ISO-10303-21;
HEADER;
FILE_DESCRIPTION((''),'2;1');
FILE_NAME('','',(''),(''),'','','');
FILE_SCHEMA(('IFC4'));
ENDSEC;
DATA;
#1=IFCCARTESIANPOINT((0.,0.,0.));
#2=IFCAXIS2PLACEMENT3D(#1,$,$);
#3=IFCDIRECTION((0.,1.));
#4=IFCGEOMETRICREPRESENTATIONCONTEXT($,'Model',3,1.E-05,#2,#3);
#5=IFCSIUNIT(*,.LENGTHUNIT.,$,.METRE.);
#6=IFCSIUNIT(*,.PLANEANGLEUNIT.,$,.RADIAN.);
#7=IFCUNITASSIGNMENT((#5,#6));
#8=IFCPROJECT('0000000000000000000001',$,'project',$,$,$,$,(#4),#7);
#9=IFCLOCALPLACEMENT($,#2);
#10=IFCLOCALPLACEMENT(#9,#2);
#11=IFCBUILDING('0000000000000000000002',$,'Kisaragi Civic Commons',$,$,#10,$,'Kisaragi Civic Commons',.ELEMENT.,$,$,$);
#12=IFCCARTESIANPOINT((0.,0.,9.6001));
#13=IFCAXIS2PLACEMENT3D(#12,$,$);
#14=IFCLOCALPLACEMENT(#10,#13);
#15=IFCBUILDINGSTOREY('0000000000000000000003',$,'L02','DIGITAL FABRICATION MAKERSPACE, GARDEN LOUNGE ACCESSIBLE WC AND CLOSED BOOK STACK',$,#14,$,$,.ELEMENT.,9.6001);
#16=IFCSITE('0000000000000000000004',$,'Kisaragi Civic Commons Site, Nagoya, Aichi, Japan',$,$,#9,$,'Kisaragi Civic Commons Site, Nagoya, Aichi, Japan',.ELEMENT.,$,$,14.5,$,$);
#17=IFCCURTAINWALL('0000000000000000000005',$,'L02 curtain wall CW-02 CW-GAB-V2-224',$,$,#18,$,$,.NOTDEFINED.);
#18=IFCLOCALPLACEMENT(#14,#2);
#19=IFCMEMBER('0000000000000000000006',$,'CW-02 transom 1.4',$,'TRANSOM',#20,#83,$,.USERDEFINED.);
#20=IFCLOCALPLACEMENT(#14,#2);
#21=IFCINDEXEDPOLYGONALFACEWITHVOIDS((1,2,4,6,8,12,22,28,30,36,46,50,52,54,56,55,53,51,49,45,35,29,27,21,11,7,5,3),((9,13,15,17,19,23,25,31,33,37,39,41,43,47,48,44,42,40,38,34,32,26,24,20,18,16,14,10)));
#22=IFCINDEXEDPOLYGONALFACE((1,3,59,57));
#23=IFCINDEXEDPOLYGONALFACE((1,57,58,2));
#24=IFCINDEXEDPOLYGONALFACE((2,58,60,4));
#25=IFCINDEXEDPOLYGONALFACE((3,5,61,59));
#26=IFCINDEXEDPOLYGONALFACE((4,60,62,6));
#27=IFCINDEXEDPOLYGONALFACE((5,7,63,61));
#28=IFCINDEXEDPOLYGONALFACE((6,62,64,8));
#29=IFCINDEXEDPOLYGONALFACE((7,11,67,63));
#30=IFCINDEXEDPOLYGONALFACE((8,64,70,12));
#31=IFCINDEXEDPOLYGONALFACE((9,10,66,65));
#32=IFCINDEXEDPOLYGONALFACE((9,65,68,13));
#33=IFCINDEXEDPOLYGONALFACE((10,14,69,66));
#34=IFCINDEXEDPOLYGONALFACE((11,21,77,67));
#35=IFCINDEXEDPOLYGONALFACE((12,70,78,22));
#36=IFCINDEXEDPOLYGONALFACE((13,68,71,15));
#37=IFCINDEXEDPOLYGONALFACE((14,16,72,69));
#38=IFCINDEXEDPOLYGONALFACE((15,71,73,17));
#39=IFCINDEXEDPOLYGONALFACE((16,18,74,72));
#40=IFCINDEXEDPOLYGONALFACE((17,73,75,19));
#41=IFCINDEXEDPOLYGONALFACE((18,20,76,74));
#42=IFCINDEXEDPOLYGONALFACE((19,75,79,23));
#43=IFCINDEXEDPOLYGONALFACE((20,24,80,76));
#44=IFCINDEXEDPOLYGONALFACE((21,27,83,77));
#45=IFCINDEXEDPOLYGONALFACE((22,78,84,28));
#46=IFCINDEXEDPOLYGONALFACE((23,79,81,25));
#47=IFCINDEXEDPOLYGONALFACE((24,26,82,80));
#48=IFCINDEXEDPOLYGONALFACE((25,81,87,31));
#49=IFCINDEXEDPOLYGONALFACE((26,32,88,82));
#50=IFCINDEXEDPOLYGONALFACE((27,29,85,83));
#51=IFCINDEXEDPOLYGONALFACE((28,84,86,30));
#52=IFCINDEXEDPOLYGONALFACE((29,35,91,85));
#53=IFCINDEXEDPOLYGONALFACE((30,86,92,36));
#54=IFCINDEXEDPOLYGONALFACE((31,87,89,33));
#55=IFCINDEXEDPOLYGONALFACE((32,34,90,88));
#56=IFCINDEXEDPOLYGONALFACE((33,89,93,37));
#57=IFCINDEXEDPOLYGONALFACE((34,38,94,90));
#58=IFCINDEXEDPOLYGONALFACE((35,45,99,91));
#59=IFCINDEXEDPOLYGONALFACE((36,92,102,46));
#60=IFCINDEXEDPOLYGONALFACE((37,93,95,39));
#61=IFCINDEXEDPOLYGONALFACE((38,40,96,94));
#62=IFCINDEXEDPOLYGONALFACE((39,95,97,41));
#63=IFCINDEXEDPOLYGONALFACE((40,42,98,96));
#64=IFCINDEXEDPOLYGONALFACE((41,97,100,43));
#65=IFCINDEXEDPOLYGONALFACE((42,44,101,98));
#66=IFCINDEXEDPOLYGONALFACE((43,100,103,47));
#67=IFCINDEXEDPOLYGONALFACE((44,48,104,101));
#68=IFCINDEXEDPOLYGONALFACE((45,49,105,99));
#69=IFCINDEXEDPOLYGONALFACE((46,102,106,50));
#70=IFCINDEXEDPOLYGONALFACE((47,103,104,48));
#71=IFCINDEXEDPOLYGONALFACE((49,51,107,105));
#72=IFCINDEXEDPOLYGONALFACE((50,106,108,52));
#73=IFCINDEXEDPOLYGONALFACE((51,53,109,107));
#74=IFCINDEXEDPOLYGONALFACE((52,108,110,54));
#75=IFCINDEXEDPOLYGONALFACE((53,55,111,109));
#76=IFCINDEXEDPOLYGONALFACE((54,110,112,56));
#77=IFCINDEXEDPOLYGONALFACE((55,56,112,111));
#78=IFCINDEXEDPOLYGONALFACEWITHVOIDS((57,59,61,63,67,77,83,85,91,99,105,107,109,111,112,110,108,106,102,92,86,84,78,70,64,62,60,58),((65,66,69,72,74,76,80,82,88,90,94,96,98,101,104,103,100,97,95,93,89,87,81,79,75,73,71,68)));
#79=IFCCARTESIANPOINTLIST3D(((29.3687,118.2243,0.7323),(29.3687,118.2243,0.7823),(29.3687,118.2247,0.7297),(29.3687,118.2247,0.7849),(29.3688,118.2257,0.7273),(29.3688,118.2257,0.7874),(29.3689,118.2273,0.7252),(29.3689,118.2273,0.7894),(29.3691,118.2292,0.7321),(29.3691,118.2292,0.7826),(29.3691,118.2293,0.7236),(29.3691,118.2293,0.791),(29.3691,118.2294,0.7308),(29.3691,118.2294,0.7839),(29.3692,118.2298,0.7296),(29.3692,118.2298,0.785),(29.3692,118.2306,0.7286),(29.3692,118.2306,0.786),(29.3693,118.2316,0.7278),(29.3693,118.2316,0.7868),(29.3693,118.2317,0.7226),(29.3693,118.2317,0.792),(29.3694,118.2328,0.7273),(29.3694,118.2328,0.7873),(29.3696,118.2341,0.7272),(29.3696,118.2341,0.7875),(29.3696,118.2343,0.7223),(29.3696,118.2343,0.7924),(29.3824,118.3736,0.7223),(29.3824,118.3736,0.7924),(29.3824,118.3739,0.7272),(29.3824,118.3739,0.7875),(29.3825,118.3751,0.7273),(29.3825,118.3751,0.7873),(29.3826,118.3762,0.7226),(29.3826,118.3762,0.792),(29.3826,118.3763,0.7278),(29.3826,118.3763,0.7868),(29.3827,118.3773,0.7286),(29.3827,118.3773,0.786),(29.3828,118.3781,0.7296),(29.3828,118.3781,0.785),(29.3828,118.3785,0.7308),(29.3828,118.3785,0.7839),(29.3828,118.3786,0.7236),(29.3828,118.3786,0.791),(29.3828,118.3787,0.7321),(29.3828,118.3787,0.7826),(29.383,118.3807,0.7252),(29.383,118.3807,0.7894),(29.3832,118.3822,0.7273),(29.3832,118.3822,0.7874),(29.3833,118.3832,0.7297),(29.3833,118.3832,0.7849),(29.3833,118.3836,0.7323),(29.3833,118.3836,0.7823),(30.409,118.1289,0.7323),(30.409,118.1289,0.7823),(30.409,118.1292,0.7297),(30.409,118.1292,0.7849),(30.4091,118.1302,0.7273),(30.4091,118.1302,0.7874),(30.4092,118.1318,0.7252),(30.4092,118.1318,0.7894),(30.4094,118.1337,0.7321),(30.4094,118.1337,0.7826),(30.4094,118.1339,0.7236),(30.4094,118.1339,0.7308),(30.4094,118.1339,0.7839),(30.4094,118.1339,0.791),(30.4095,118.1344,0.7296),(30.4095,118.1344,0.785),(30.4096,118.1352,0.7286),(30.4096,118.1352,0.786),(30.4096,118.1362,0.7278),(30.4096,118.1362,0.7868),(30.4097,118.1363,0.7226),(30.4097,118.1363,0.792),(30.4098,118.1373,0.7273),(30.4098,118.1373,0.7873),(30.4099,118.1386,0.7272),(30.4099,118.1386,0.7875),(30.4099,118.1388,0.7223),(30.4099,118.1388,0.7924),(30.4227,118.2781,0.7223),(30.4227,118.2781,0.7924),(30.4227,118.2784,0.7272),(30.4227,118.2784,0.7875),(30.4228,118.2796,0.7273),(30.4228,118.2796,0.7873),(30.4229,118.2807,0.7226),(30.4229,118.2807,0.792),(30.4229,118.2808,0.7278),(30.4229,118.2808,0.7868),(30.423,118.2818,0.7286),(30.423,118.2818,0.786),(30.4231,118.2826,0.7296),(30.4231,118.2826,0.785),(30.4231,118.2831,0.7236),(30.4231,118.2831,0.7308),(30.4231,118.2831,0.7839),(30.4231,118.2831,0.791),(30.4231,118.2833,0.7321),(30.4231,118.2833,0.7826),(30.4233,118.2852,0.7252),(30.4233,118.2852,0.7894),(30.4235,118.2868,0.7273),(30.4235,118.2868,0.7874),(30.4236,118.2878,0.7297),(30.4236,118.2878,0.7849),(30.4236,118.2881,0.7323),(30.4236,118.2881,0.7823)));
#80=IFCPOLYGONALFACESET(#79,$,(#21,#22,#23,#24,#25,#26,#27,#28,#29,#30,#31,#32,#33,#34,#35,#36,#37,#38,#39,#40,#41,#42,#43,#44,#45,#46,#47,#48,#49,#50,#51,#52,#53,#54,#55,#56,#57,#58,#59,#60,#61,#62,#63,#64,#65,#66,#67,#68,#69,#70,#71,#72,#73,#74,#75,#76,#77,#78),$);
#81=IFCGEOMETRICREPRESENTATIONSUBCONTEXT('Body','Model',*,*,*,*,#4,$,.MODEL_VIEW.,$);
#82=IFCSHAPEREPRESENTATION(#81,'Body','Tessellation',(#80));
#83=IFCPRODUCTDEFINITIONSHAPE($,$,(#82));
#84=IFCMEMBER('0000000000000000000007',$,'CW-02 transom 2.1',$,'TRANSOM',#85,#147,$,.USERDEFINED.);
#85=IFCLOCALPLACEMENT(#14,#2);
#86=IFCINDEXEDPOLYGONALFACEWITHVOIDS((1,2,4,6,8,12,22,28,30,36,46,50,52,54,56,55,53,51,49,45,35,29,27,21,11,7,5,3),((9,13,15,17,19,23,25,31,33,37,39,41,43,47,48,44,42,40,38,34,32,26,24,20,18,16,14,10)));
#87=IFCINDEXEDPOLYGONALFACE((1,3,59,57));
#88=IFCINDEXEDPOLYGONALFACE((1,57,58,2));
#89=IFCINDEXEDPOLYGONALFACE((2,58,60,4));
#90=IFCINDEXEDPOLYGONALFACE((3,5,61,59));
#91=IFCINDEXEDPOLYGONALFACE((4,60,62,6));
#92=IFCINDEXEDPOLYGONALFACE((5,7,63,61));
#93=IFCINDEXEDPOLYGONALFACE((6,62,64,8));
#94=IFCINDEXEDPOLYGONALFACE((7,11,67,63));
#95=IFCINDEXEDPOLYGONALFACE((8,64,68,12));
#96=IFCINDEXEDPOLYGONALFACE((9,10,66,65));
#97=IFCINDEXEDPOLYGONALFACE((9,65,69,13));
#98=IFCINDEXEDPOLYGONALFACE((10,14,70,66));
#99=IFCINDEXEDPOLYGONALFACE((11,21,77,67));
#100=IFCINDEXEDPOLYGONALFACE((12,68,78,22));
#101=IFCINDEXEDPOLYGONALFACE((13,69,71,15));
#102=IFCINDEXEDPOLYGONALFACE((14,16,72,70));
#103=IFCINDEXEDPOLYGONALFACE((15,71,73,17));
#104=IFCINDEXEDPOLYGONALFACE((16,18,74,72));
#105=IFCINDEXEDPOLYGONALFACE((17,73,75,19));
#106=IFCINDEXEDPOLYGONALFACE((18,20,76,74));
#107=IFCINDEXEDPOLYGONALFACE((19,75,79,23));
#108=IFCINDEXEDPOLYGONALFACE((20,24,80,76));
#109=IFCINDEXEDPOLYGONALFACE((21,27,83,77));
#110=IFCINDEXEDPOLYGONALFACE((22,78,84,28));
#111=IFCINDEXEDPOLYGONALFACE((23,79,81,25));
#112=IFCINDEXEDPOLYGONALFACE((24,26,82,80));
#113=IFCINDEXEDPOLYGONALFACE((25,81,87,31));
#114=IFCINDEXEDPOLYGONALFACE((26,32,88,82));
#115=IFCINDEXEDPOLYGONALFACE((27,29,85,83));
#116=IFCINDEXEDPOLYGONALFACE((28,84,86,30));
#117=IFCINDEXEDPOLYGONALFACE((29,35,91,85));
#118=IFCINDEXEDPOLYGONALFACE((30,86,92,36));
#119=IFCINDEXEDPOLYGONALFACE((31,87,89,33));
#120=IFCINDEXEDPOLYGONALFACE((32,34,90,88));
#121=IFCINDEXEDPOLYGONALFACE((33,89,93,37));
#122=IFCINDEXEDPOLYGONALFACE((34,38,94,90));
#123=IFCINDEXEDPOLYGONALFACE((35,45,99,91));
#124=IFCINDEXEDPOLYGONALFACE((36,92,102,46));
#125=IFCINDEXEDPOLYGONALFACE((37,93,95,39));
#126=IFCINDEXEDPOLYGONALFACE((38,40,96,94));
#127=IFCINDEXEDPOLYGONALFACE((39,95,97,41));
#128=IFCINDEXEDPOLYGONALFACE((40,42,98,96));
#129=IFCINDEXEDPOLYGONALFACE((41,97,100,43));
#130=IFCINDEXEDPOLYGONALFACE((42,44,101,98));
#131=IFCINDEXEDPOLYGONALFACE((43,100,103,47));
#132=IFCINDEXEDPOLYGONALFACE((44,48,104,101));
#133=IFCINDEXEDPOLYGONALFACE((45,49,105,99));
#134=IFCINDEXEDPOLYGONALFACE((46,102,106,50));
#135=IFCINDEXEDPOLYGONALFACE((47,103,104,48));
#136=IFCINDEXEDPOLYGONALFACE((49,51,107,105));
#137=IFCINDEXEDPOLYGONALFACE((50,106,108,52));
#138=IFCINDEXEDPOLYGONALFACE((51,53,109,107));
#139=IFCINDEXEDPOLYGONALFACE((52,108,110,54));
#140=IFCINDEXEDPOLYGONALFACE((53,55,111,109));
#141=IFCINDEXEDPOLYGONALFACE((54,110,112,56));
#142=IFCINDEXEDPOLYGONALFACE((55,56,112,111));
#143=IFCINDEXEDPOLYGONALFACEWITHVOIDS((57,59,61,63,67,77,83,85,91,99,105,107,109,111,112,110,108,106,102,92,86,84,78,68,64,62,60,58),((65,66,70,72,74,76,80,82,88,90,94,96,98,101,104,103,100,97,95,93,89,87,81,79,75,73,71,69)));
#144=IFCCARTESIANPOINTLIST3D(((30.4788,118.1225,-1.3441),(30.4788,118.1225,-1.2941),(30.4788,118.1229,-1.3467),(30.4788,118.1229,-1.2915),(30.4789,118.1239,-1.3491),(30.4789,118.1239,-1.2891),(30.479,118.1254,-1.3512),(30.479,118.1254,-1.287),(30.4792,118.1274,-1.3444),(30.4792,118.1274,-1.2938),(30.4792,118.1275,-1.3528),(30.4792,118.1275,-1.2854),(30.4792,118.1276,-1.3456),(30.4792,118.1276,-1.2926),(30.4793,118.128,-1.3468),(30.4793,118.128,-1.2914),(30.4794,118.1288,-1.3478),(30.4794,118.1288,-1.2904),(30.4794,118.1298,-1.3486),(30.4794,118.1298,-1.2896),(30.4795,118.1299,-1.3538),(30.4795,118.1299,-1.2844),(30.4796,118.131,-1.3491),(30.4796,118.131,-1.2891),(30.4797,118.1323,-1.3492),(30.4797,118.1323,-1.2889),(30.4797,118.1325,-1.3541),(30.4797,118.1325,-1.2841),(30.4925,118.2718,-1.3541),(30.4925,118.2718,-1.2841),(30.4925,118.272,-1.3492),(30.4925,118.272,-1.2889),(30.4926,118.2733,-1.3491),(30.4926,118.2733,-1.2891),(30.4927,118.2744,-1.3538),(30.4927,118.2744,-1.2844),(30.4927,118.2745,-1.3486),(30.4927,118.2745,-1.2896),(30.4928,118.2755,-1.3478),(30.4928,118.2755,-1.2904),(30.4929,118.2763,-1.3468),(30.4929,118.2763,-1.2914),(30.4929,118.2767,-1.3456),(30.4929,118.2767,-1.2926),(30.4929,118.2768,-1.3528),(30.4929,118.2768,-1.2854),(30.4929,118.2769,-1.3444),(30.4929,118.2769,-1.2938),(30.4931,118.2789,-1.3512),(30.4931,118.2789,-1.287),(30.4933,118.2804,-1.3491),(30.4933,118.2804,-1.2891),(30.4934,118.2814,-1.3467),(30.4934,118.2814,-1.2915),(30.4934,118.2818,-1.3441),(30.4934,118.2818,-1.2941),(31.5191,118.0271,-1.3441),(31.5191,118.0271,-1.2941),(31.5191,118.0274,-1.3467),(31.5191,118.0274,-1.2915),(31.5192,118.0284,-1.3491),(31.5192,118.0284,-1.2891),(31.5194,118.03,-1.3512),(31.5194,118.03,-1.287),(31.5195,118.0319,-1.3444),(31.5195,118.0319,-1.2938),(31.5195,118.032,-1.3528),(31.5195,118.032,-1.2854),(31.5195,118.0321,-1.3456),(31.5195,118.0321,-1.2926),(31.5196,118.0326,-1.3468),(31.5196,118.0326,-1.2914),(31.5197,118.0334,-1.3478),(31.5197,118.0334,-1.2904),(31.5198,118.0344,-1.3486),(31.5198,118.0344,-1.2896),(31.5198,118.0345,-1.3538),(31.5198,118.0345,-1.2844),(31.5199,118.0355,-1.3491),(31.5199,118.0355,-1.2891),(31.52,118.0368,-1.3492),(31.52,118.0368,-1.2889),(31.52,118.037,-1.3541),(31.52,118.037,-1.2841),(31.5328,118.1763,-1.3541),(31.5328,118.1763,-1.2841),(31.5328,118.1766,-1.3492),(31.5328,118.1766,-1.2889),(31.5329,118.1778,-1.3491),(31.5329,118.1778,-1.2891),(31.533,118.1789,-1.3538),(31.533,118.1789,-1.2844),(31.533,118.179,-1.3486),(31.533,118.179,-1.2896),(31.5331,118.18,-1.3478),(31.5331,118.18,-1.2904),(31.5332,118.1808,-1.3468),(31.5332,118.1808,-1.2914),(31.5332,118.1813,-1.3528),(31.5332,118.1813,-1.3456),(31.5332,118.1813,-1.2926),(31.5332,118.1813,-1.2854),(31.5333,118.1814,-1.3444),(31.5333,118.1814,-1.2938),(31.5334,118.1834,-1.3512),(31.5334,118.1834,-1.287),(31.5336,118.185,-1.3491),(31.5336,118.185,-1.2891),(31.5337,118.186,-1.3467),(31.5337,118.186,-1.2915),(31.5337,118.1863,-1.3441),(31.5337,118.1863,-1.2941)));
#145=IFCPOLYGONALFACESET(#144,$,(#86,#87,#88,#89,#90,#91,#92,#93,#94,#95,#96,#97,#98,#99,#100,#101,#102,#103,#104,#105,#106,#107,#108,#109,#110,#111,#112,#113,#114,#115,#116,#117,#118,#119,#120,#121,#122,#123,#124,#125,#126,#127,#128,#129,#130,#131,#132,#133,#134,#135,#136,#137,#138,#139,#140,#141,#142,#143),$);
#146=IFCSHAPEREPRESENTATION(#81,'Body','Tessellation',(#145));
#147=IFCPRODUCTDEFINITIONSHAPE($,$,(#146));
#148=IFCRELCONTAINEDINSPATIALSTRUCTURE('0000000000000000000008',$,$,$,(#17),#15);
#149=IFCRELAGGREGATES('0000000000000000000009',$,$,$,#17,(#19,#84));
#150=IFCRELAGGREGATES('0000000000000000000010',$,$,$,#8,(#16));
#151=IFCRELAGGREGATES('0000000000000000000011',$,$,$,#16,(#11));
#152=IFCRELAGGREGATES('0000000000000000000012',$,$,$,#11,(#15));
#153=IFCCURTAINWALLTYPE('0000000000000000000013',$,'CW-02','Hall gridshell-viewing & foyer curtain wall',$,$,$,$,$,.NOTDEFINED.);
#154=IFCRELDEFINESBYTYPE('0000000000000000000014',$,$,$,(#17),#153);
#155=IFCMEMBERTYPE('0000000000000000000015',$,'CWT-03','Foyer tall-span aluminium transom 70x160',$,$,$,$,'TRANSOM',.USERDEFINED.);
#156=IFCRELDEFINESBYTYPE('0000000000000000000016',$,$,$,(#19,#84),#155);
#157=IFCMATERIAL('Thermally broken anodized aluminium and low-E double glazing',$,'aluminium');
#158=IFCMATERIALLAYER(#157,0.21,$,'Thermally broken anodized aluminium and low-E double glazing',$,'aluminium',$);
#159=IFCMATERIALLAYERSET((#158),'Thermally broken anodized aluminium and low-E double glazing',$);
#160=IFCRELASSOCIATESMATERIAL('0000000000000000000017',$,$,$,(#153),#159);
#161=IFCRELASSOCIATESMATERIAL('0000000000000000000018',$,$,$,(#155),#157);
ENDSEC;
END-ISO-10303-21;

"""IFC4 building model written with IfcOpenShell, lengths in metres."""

from ifc_helpers import new_model, si_unit, direction, frame, origin, origin_2d, place, context, subcontext, project, spatial, hollow_rectangle, extrude, material, layer, layer_set, material_profile, profile_set, type_object, element, aggregate, save


model = new_model("IFC4")

# Units and contexts
model_context = context("Model", 3, precision=1e-05, world=origin(), true_north=direction((0.0, 1.0)))
body_context = subcontext(model_context, "Body", "Model", "MODEL_VIEW")
ifc_project = project(units=[si_unit("LENGTHUNIT", "METRE"), si_unit("PLANEANGLEUNIT", "RADIAN")], contexts=[model_context])

# Site, building, storey
site_placement = place(None, origin())
site = spatial("IfcSite", under=ifc_project, at=site_placement, Name="Kisaragi Civic Commons Site, Nagoya, Aichi, Japan", LongName="Kisaragi Civic Commons Site, Nagoya, Aichi, Japan", CompositionType="ELEMENT", RefElevation=14.5)
building_placement = place(site_placement, origin())
building = spatial("IfcBuilding", under=site, at=building_placement, Name="Kisaragi Civic Commons", LongName="Kisaragi Civic Commons", CompositionType="ELEMENT")
storey_placement = place(building_placement, frame((0.0, 0.0, 9.6001)))
storey = spatial("IfcBuildingStorey", under=building, at=storey_placement, Name="L02", Description="DIGITAL FABRICATION MAKERSPACE, GARDEN LOUNGE ACCESSIBLE WC AND CLOSED BOOK STACK", CompositionType="ELEMENT", Elevation=9.6001)

# Curtain wall
ifc_material_1 = material(Name="Thermally broken anodized aluminium and low-E double glazing", Category="aluminium")
ifc_layer_1 = layer(ifc_material_1, 0.21, Name="Thermally broken anodized aluminium and low-E double glazing", Category="aluminium")
ifc_layer_set_1 = layer_set([ifc_layer_1], Name="Thermally broken anodized aluminium and low-E double glazing")
curtain_wall_type_1 = type_object("IfcCurtainWallType", Name="CW-02", Description="Hall gridshell-viewing & foyer curtain wall", PredefinedType="NOTDEFINED", material=ifc_layer_set_1)
curtain_wall_1_placement = place(storey_placement, origin())
curtain_wall_1 = element("IfcCurtainWall", 1, at=curtain_wall_1_placement, inside=storey, type_object=curtain_wall_type_1, Name="L02 curtain wall CW-02 CW-GAB-V2-224", PredefinedType="NOTDEFINED")

# Members
ifc_material_profile_1 = material_profile(ifc_material_1, hollow_rectangle(XDim=0.1599, YDim=0.0701, WallThickness=0.0049, InnerFilletRadius=0.0049, OuterFilletRadius=0.01, at=origin_2d()), Name="CWT-70x160x5", Category="aluminium")
ifc_profile_set_1 = profile_set([ifc_material_profile_1], Name="Thermally broken anodized aluminium and low-E double glazing")
member_type_1 = type_object("IfcMemberType", Name="CWT-03", Description="Foyer tall-span aluminium transom 70x160", ElementType="TRANSOM", PredefinedType="USERDEFINED", material=ifc_profile_set_1)
member_1_placement = place(storey_placement, frame((29.376, 118.304, 0.7573), z_axis=(0.995816, -0.091379, 0.0), x_axis=(0.091379, 0.995816, 0.0)))
member_1 = element("IfcMember", 2, at=member_1_placement, type_object=member_type_1, Name="CW-02 transom 1.4", ObjectType="TRANSOM", PredefinedType="USERDEFINED", context=body_context, shape_type="SweptSolid", body=[
    extrude(hollow_rectangle(XDim=0.1599, YDim=0.0701, WallThickness=0.0049, InnerFilletRadius=0.0049, OuterFilletRadius=0.01, at=origin_2d()), origin(), (0.0, 0.0, 1.0), 1.0447),
])
member_2_placement = place(storey_placement, frame((30.4861, 118.2021, -1.3191), z_axis=(0.995816, -0.091379, 0.0), x_axis=(0.091379, 0.995816, 0.0)))
member_2 = element("IfcMember", 3, at=member_2_placement, type_object=member_type_1, Name="CW-02 transom 2.1", ObjectType="TRANSOM", PredefinedType="USERDEFINED", context=body_context, shape_type="SweptSolid", body=[
    extrude(hollow_rectangle(XDim=0.1599, YDim=0.0701, WallThickness=0.0049, InnerFilletRadius=0.0049, OuterFilletRadius=0.01, at=origin_2d()), origin(), (0.0, 0.0, 1.0), 1.0447),
])

aggregate(curtain_wall_1, [member_1, member_2])

save(model, "model.ifc")
